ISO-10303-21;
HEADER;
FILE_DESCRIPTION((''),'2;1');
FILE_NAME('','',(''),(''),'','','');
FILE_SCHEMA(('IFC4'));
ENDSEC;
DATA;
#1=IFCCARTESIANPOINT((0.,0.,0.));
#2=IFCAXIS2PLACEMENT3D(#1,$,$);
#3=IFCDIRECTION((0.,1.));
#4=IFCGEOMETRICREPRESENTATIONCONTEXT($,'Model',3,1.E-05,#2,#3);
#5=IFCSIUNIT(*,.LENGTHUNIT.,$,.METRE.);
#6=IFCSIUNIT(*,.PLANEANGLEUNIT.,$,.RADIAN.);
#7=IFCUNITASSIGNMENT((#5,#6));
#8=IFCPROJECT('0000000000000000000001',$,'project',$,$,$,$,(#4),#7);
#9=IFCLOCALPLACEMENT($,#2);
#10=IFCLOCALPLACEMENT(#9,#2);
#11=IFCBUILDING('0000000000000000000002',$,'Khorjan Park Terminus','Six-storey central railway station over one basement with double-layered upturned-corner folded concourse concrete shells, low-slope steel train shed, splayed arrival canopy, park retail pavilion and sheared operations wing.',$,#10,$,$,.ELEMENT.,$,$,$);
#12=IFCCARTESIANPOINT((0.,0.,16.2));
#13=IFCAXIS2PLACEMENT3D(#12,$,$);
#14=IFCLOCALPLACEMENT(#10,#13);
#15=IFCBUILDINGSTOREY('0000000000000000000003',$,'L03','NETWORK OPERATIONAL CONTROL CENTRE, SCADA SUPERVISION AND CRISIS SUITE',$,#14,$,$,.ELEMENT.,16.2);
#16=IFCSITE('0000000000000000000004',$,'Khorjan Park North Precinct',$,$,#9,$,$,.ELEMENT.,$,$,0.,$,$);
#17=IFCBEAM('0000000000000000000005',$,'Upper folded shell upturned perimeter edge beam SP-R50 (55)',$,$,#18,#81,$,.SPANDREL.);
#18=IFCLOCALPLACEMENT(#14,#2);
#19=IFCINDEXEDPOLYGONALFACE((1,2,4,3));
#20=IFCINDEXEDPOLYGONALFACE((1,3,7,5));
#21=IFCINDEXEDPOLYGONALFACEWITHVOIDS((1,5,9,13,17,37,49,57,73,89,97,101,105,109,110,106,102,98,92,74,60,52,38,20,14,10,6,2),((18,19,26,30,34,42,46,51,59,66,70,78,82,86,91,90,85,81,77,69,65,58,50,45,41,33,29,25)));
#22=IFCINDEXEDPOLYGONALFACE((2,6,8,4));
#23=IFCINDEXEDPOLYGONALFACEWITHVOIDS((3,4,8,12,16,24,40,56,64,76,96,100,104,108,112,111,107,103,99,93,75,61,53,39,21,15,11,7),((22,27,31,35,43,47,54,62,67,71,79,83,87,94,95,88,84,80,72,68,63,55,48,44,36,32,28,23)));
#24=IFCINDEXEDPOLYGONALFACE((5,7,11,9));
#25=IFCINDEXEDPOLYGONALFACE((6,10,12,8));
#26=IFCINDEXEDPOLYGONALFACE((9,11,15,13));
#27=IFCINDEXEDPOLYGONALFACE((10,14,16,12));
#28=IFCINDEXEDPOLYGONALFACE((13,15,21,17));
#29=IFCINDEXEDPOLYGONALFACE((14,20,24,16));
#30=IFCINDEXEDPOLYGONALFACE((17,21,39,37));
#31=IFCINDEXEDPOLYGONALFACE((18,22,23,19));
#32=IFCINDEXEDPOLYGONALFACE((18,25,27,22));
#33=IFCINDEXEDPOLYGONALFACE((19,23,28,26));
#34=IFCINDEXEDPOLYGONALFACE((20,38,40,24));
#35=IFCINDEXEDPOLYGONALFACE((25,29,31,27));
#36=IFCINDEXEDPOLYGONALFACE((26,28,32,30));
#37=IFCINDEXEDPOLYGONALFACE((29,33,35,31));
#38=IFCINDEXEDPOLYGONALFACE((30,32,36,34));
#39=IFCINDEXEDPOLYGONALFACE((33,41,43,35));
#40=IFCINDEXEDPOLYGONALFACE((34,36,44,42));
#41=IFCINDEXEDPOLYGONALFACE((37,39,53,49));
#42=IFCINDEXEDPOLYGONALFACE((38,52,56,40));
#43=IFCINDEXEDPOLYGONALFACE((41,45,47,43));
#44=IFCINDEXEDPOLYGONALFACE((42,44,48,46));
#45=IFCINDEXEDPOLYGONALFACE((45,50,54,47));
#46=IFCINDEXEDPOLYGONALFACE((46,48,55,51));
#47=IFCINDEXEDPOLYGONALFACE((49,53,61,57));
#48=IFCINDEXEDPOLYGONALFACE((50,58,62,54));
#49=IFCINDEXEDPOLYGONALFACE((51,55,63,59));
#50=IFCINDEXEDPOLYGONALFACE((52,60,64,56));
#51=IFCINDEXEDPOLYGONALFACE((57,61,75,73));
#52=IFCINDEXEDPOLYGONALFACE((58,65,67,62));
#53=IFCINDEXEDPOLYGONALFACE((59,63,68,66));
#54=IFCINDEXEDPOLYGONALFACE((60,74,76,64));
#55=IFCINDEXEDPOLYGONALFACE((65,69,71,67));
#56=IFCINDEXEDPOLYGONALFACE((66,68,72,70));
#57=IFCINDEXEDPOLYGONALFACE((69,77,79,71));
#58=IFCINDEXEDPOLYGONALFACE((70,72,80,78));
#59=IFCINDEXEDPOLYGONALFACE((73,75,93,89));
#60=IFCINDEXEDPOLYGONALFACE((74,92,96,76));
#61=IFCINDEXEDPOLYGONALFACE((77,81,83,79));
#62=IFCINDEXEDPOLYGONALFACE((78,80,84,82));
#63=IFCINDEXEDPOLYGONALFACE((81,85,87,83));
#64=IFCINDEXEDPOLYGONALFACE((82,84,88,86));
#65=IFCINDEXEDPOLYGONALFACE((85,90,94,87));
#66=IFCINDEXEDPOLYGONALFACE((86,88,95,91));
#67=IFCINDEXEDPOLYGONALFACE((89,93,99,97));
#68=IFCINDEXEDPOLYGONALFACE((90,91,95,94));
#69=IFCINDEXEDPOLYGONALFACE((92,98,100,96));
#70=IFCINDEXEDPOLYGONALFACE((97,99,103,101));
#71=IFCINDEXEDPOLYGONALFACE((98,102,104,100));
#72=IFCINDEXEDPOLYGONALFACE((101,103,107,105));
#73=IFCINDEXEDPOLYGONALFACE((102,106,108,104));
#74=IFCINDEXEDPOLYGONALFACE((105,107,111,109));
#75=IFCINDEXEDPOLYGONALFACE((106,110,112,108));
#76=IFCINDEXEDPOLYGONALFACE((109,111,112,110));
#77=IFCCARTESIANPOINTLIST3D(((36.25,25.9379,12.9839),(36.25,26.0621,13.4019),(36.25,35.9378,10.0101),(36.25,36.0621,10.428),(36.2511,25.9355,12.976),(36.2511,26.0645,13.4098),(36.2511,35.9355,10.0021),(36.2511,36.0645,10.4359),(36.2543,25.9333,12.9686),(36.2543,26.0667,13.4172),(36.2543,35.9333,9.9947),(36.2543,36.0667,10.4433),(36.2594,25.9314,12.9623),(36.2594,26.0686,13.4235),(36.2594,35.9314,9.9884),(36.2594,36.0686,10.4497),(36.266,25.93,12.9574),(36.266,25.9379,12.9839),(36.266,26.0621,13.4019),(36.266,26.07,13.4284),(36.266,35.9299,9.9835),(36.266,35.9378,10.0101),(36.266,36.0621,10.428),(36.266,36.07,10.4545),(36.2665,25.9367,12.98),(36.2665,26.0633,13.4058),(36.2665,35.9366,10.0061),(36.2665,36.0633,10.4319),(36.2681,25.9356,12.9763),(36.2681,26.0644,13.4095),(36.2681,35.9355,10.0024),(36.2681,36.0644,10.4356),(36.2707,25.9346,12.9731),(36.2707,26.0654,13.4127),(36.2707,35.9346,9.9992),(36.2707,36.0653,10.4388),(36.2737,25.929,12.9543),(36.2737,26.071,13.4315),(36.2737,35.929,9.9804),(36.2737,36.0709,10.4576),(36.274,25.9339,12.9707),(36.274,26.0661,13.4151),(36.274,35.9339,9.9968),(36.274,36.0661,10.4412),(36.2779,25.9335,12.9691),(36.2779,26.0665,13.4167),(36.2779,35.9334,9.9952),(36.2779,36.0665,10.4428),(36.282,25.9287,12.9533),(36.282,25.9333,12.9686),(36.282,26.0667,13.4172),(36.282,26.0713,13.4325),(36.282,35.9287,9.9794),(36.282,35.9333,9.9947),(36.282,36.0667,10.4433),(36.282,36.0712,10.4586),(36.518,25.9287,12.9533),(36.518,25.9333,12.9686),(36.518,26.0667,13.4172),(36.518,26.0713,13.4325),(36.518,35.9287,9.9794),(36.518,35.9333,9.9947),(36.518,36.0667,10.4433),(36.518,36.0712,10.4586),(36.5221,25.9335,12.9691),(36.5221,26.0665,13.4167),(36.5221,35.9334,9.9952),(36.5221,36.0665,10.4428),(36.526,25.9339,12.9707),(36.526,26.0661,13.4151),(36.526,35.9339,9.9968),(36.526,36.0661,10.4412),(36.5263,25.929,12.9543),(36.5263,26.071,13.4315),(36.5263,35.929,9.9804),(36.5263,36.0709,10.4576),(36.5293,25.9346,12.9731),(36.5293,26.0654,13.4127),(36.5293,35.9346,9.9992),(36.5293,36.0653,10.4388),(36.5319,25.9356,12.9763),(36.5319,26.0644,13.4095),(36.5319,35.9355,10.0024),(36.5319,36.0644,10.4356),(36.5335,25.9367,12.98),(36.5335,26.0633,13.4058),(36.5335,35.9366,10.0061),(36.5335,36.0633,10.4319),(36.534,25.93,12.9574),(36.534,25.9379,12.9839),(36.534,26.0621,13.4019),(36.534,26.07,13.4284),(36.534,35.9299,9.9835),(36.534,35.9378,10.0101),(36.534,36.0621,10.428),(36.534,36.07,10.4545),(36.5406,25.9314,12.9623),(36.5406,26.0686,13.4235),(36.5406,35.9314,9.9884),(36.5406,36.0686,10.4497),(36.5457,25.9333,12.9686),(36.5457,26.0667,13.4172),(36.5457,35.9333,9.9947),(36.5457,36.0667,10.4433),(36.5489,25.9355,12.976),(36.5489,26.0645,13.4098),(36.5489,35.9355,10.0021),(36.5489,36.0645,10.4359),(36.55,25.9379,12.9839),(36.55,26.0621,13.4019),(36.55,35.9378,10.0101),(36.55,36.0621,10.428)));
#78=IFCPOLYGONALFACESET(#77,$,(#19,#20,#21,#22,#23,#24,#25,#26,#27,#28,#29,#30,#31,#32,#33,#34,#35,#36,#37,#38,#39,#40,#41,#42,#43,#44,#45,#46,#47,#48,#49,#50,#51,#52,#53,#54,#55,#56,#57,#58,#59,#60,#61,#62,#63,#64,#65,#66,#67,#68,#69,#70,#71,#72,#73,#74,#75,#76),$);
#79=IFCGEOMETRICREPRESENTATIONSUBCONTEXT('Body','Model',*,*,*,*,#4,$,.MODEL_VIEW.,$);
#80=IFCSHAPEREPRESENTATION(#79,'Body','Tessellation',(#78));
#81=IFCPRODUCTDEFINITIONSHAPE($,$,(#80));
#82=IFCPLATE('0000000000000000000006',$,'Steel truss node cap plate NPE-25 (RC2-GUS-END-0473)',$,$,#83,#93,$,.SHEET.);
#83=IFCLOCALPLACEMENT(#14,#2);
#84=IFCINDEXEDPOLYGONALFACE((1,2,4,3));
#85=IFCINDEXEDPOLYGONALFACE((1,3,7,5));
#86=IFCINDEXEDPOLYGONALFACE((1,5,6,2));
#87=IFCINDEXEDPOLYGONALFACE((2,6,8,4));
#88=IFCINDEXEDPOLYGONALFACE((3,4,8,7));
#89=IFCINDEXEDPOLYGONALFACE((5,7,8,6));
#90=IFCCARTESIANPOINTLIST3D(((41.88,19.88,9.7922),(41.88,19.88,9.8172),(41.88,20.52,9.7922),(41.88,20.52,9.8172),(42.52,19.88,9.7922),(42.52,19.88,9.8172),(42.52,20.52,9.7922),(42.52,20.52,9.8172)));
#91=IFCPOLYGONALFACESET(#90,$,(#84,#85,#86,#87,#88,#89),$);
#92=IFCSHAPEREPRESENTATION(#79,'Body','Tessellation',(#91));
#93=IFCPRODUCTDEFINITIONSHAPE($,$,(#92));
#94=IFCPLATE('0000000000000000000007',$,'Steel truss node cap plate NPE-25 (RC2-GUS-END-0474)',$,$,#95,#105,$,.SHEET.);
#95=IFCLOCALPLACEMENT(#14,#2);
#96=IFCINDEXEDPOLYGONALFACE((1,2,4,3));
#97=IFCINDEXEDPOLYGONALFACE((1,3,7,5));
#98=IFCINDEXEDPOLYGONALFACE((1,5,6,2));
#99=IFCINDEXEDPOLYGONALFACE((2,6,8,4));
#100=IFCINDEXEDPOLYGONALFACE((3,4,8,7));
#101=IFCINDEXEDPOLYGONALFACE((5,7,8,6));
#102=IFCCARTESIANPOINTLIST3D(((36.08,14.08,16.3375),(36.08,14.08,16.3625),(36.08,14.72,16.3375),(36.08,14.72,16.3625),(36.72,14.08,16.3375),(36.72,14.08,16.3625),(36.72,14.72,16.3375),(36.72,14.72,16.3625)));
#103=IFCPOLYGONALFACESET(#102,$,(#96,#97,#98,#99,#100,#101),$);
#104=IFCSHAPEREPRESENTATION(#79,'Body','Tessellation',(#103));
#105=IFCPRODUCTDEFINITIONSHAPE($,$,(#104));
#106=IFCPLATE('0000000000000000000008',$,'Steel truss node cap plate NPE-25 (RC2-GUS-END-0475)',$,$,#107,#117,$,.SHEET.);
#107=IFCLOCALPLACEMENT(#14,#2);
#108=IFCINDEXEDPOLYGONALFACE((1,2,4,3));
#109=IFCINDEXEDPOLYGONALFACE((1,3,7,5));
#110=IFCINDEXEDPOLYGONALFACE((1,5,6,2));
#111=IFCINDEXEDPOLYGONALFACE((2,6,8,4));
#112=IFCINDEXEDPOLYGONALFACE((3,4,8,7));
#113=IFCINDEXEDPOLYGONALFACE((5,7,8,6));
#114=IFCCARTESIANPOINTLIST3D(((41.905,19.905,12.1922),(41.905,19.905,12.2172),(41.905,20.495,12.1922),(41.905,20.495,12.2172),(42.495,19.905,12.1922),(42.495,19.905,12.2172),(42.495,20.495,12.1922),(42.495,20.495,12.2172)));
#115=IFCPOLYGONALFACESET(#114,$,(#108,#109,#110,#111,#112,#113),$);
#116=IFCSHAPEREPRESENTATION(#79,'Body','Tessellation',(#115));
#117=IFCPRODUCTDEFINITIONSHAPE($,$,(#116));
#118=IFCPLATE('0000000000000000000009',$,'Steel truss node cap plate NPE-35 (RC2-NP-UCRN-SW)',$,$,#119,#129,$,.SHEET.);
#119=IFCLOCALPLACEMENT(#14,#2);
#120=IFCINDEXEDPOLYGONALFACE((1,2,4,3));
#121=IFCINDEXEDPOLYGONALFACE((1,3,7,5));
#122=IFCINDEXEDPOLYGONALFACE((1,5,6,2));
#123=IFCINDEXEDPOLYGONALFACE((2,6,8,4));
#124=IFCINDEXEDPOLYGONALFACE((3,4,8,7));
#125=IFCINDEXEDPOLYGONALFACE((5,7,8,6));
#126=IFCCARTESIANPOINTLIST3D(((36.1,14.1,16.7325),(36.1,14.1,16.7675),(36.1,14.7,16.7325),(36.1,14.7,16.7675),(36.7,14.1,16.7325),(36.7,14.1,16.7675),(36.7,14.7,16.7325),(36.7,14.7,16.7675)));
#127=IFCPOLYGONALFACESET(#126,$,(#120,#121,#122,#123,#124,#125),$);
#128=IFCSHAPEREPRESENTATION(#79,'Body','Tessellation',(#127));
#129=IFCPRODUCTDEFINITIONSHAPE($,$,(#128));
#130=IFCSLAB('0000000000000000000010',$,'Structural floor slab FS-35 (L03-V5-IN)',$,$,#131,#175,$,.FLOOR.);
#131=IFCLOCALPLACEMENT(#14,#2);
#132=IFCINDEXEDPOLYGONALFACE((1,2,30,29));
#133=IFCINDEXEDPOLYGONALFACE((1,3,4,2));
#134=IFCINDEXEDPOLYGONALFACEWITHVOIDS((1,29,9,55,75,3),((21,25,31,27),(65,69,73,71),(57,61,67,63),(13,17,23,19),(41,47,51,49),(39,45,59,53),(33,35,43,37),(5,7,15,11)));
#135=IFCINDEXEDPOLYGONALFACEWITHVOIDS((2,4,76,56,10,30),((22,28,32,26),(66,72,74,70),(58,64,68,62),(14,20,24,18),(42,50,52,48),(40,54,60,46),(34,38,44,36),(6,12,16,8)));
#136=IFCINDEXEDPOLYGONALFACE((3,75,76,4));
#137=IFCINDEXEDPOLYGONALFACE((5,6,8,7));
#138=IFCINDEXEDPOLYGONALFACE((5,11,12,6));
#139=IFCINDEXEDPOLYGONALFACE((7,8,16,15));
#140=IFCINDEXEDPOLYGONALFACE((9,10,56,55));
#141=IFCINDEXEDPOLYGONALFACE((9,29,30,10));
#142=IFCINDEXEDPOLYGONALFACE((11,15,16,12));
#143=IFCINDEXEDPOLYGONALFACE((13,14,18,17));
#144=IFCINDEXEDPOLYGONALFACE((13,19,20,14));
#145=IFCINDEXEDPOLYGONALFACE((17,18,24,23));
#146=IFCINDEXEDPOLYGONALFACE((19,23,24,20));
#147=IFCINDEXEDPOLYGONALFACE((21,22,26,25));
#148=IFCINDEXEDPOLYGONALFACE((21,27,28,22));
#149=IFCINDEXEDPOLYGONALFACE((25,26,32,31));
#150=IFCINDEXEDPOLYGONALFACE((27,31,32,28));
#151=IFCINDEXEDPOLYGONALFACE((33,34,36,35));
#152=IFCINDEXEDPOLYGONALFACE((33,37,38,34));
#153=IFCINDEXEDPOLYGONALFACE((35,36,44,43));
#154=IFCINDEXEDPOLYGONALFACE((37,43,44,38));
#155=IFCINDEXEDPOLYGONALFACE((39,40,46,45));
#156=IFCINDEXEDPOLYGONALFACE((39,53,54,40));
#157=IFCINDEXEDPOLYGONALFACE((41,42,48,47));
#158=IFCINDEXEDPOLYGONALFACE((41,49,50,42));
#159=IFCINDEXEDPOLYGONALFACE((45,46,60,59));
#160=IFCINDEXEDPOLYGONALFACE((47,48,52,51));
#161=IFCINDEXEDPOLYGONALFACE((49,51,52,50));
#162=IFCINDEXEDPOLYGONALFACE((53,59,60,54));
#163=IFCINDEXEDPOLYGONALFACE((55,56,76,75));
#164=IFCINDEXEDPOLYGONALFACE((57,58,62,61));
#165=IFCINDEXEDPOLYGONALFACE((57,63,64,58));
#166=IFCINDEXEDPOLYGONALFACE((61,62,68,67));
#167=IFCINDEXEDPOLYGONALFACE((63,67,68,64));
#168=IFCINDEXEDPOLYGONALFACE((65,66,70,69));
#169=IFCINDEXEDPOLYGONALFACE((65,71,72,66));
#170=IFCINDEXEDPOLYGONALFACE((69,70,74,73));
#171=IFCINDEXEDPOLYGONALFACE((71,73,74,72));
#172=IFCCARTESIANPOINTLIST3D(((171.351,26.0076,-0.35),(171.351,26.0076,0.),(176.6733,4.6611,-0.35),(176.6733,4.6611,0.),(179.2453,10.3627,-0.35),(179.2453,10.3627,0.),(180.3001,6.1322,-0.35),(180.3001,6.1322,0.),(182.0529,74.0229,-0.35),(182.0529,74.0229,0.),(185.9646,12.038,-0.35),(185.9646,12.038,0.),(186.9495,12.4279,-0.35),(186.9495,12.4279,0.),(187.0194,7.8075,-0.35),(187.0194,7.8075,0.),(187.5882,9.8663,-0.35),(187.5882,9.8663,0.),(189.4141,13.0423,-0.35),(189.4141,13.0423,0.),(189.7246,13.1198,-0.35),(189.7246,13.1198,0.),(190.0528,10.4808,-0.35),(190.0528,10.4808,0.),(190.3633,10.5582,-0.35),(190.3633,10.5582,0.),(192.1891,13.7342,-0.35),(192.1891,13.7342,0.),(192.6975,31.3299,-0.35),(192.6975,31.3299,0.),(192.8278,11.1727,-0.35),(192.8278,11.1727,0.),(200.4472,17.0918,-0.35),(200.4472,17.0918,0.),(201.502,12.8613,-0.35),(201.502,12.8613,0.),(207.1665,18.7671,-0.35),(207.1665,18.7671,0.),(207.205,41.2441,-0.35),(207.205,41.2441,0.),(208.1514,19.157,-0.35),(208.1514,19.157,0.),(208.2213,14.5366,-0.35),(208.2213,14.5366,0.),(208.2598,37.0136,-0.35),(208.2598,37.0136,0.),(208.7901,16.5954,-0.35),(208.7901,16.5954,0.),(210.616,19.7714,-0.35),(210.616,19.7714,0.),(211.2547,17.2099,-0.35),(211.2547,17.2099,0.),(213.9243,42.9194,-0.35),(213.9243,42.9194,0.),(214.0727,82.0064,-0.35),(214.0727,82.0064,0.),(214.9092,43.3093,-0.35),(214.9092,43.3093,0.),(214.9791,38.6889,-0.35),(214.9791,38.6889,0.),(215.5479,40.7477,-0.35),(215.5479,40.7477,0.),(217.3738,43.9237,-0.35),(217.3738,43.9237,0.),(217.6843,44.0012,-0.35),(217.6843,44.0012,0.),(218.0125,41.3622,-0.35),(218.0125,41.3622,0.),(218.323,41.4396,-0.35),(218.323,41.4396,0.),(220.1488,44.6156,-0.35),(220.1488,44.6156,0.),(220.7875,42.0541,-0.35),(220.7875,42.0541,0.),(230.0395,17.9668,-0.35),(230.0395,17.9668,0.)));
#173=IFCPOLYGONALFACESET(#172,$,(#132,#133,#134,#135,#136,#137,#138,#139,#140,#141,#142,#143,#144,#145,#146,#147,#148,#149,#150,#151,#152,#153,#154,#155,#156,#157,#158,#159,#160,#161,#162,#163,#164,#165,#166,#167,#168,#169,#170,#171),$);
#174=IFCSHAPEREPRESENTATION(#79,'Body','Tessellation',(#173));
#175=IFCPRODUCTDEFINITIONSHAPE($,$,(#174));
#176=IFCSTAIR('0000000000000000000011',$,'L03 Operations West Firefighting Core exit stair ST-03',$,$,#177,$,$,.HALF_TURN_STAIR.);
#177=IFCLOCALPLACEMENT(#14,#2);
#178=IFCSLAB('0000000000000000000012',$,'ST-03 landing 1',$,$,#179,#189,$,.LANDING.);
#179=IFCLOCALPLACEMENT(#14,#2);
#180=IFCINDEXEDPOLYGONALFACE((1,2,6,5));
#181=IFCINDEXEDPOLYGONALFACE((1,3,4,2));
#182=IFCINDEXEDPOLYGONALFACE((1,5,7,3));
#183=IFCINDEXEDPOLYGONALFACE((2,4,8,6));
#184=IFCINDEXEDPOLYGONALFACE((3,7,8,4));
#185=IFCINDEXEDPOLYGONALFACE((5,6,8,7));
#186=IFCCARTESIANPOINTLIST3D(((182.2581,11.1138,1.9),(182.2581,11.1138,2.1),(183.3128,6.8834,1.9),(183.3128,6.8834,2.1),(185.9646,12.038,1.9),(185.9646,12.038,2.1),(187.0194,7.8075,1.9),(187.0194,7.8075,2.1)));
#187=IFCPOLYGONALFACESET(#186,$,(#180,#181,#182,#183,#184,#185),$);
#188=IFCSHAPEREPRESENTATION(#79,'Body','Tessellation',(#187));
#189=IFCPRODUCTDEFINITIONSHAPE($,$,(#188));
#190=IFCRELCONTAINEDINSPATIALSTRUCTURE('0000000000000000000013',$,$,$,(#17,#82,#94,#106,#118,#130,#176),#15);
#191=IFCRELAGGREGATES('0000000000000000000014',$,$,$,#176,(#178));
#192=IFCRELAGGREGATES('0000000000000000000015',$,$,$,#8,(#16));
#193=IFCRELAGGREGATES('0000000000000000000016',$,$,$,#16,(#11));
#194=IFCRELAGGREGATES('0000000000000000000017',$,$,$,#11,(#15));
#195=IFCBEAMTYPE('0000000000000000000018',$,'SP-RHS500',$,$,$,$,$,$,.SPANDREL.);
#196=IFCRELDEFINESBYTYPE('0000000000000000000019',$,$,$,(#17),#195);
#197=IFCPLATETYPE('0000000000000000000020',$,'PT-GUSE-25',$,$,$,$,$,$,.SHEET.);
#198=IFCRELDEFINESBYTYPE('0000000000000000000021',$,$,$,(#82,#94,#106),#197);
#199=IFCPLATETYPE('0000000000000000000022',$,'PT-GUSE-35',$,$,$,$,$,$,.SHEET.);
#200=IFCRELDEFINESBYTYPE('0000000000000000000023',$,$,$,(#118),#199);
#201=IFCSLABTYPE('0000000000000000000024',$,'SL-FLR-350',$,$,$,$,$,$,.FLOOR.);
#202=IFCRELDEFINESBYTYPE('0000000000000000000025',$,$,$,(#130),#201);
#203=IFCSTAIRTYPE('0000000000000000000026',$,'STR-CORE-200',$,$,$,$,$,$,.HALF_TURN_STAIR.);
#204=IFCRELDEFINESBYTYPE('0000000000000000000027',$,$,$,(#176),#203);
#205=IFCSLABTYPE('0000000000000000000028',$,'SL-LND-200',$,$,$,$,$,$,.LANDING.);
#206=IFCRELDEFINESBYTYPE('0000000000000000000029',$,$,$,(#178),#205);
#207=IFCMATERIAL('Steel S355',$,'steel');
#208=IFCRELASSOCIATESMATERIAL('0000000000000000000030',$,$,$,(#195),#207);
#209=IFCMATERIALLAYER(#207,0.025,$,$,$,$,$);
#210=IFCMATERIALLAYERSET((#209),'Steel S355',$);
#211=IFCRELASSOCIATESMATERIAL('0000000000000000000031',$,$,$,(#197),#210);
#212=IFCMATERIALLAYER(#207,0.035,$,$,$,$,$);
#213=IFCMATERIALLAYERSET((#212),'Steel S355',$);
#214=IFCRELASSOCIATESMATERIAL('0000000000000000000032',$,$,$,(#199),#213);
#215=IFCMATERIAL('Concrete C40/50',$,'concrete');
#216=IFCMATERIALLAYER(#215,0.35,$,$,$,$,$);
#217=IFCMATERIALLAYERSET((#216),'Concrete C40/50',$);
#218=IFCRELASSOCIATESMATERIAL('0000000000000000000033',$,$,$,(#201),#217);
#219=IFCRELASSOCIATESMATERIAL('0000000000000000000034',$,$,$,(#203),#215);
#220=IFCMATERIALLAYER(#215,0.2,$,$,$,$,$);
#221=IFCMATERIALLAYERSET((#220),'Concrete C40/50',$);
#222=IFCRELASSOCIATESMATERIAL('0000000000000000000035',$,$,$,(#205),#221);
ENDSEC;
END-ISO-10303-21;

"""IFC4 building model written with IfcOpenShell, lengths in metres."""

from ifc_helpers import new_model, si_unit, direction, frame, origin, origin_2d, place, context, subcontext, project, spatial, polyline, rectangle, hollow_rectangle, outline, extrude, material, layer, layer_set, material_profile, profile_set, type_object, element, aggregate, save


model = new_model("IFC4")

# Units and contexts
model_context = context("Model", 3, precision=1e-05, world=origin(), true_north=direction((0.0, 1.0)))
body_context = subcontext(model_context, "Body", "Model", "MODEL_VIEW")
ifc_project = project(units=[si_unit("LENGTHUNIT", "METRE"), si_unit("PLANEANGLEUNIT", "RADIAN")], contexts=[model_context])

# Site, building, storey
site_placement = place(None, origin())
site = spatial("IfcSite", under=ifc_project, at=site_placement, Name="Khorjan Park North Precinct", CompositionType="ELEMENT", RefElevation=0.0)
building_placement = place(site_placement, origin())
building = spatial("IfcBuilding", under=site, at=building_placement, Name="Khorjan Park Terminus", Description="Six-storey central railway station over one basement with double-layered upturned-corner folded concourse concrete shells, low-slope steel train shed, splayed arrival canopy, park retail pavilion and sheared operations wing.", CompositionType="ELEMENT")
storey_placement = place(building_placement, frame((0.0, 0.0, 16.2)))
storey = spatial("IfcBuildingStorey", under=building, at=storey_placement, Name="L03", Description="NETWORK OPERATIONAL CONTROL CENTRE, SCADA SUPERVISION AND CRISIS SUITE", CompositionType="ELEMENT", Elevation=16.2)

# Shared definitions
ifc_material_1 = material(Name="Steel S355", Category="steel")

# Beam
ifc_material_profile_1 = material_profile(ifc_material_1, hollow_rectangle(XDim=0.3, YDim=0.5, WallThickness=0.016, InnerFilletRadius=0.016, OuterFilletRadius=0.032, at=origin_2d()), Name="RHS 500x300x16")
ifc_profile_set_1 = profile_set([ifc_material_profile_1], Name="Steel S355")
beam_type = type_object("IfcBeamType", Name="SP-RHS500", PredefinedType="SPANDREL", material=ifc_profile_set_1)
beam_1_placement = place(storey_placement, frame((36.4, 26.0, 13.1929), z_axis=(0.0, 0.958512, -0.285052), x_axis=(-1.0, 0.0, 0.0)))
element("IfcBeam", 1, at=beam_1_placement, inside=storey, type_object=beam_type, Name="Upper folded shell upturned perimeter edge beam SP-R50 (55)", PredefinedType="SPANDREL", context=body_context, shape_type="SweptSolid", body=[
    extrude(hollow_rectangle(XDim=0.3, YDim=0.5, WallThickness=0.016, InnerFilletRadius=0.016, OuterFilletRadius=0.032, at=origin_2d()), origin(), (0.0, 0.0, 1.0), 10.4328),
])

# Plates
ifc_layer_1 = layer(ifc_material_1, 0.025)
ifc_layer_set_1 = layer_set([ifc_layer_1], Name="Steel S355")
plate_type_1 = type_object("IfcPlateType", Name="PT-GUSE-25", PredefinedType="SHEET", material=ifc_layer_set_1)
for number, where, z_axis, x_axis, name in (
    (2, (42.2, 20.2, 9.7922), (0.0, 0.0, 1.0), (1.0, 0.0, 0.0), "Steel truss node cap plate NPE-25 (RC2-GUS-END-0473)"),
    (3, (36.4, 14.4, 16.3375), (0.0, 0.0, 1.0), (1.0, 0.0, 0.0), "Steel truss node cap plate NPE-25 (RC2-GUS-END-0474)"),
):
    element("IfcPlate", number, at=place(storey_placement, frame(where, z_axis=z_axis, x_axis=x_axis)), inside=storey, type_object=plate_type_1, Name=name, PredefinedType="SHEET", context=body_context, shape_type="SweptSolid", body=[
        extrude(rectangle(XDim=0.64, YDim=0.64, at=origin_2d()), origin(), (0.0, 0.0, 1.0), 0.025),
    ])
plate_1_placement = place(storey_placement, frame((42.2, 20.2, 12.1922), z_axis=(0.0, 0.0, 1.0), x_axis=(1.0, 0.0, 0.0)))
element("IfcPlate", 4, at=plate_1_placement, inside=storey, type_object=plate_type_1, Name="Steel truss node cap plate NPE-25 (RC2-GUS-END-0475)", PredefinedType="SHEET", context=body_context, shape_type="SweptSolid", body=[
    extrude(rectangle(XDim=0.59, YDim=0.59, at=origin_2d()), origin(), (0.0, 0.0, 1.0), 0.025),
])
ifc_layer_2 = layer(ifc_material_1, 0.035)
ifc_layer_set_2 = layer_set([ifc_layer_2], Name="Steel S355")
plate_type_2 = type_object("IfcPlateType", Name="PT-GUSE-35", PredefinedType="SHEET", material=ifc_layer_set_2)
plate_2_placement = place(storey_placement, frame((36.4, 14.4, 16.7325), z_axis=(0.0, 0.0, 1.0), x_axis=(1.0, 0.0, 0.0)))
element("IfcPlate", 5, at=plate_2_placement, inside=storey, type_object=plate_type_2, Name="Steel truss node cap plate NPE-35 (RC2-NP-UCRN-SW)", PredefinedType="SHEET", context=body_context, shape_type="SweptSolid", body=[
    extrude(rectangle(XDim=0.6, YDim=0.6, at=origin_2d()), origin(), (0.0, 0.0, 1.0), 0.035),
])

# Slab
ifc_material_2 = material(Name="Concrete C40/50", Category="concrete")
ifc_layer_3 = layer(ifc_material_2, 0.35)
ifc_layer_set_3 = layer_set([ifc_layer_3], Name="Concrete C40/50")
slab_type_1 = type_object("IfcSlabType", Name="SL-FLR-350", PredefinedType="FLOOR", material=ifc_layer_set_3)
slab_1_placement = place(storey_placement, frame((0.0, 0.0, -0.35)))
element("IfcSlab", 6, at=slab_1_placement, inside=storey, type_object=slab_type_1, Name="Structural floor slab FS-35 (L03-V5-IN)", PredefinedType="FLOOR", context=body_context, shape_type="SweptSolid", body=[
    extrude(outline(polyline([(171.351, 26.0076), (192.6975, 31.3299), (182.0529, 74.0229), (214.0727, 82.0064), (230.0395, 17.9668), (176.6733, 4.6611), (171.351, 26.0076)]), holes=[polyline([(185.9646, 12.038), (179.2453, 10.3627), (180.3001, 6.1322), (187.0194, 7.8075), (185.9646, 12.038)]), polyline([(189.4141, 13.0423), (186.9495, 12.4279), (187.5882, 9.8663), (190.0528, 10.4808), (189.4141, 13.0423)]), polyline([(192.1891, 13.7342), (189.7246, 13.1198), (190.3633, 10.5582), (192.8278, 11.1727), (192.1891, 13.7342)]), polyline([(207.1665, 18.7671), (200.4472, 17.0918), (201.502, 12.8613), (208.2213, 14.5366), (207.1665, 18.7671)]), polyline([(210.616, 19.7714), (208.1514, 19.157), (208.7901, 16.5954), (211.2547, 17.2099), (210.616, 19.7714)]), polyline([(213.9243, 42.9194), (207.205, 41.2441), (208.2598, 37.0136), (214.9791, 38.6889), (213.9243, 42.9194)]), polyline([(217.3738, 43.9237), (214.9092, 43.3093), (215.5479, 40.7477), (218.0125, 41.3622), (217.3738, 43.9237)]), polyline([(220.1488, 44.6156), (217.6843, 44.0012), (218.323, 41.4396), (220.7875, 42.0541), (220.1488, 44.6156)])]), origin(), (0.0, 0.0, 1.0), 0.35),
])

# Stair, slab
stair_type = type_object("IfcStairType", Name="STR-CORE-200", PredefinedType="HALF_TURN_STAIR", material=ifc_material_2)
stair_1_placement = place(storey_placement, origin())
stair_1 = element("IfcStair", 7, at=stair_1_placement, inside=storey, type_object=stair_type, Name="L03 Operations West Firefighting Core exit stair ST-03", PredefinedType="HALF_TURN_STAIR")
ifc_layer_4 = layer(ifc_material_2, 0.2)
ifc_layer_set_4 = layer_set([ifc_layer_4], Name="Concrete C40/50")
slab_type_2 = type_object("IfcSlabType", Name="SL-LND-200", PredefinedType="LANDING", material=ifc_layer_set_4)
slab_2_placement = place(storey_placement, frame((0.0, 0.0, 1.9)))
slab_2 = element("IfcSlab", 8, at=slab_2_placement, type_object=slab_type_2, Name="ST-03 landing 1", PredefinedType="LANDING", context=body_context, shape_type="SweptSolid", body=[
    extrude(outline(polyline([(183.3128, 6.8834), (187.0194, 7.8075), (185.9646, 12.038), (182.2581, 11.1138), (183.3128, 6.8834)])), origin(), (0.0, 0.0, 1.0), 0.2),
])
aggregate(stair_1, [slab_2])

save(model, "model.ifc")
